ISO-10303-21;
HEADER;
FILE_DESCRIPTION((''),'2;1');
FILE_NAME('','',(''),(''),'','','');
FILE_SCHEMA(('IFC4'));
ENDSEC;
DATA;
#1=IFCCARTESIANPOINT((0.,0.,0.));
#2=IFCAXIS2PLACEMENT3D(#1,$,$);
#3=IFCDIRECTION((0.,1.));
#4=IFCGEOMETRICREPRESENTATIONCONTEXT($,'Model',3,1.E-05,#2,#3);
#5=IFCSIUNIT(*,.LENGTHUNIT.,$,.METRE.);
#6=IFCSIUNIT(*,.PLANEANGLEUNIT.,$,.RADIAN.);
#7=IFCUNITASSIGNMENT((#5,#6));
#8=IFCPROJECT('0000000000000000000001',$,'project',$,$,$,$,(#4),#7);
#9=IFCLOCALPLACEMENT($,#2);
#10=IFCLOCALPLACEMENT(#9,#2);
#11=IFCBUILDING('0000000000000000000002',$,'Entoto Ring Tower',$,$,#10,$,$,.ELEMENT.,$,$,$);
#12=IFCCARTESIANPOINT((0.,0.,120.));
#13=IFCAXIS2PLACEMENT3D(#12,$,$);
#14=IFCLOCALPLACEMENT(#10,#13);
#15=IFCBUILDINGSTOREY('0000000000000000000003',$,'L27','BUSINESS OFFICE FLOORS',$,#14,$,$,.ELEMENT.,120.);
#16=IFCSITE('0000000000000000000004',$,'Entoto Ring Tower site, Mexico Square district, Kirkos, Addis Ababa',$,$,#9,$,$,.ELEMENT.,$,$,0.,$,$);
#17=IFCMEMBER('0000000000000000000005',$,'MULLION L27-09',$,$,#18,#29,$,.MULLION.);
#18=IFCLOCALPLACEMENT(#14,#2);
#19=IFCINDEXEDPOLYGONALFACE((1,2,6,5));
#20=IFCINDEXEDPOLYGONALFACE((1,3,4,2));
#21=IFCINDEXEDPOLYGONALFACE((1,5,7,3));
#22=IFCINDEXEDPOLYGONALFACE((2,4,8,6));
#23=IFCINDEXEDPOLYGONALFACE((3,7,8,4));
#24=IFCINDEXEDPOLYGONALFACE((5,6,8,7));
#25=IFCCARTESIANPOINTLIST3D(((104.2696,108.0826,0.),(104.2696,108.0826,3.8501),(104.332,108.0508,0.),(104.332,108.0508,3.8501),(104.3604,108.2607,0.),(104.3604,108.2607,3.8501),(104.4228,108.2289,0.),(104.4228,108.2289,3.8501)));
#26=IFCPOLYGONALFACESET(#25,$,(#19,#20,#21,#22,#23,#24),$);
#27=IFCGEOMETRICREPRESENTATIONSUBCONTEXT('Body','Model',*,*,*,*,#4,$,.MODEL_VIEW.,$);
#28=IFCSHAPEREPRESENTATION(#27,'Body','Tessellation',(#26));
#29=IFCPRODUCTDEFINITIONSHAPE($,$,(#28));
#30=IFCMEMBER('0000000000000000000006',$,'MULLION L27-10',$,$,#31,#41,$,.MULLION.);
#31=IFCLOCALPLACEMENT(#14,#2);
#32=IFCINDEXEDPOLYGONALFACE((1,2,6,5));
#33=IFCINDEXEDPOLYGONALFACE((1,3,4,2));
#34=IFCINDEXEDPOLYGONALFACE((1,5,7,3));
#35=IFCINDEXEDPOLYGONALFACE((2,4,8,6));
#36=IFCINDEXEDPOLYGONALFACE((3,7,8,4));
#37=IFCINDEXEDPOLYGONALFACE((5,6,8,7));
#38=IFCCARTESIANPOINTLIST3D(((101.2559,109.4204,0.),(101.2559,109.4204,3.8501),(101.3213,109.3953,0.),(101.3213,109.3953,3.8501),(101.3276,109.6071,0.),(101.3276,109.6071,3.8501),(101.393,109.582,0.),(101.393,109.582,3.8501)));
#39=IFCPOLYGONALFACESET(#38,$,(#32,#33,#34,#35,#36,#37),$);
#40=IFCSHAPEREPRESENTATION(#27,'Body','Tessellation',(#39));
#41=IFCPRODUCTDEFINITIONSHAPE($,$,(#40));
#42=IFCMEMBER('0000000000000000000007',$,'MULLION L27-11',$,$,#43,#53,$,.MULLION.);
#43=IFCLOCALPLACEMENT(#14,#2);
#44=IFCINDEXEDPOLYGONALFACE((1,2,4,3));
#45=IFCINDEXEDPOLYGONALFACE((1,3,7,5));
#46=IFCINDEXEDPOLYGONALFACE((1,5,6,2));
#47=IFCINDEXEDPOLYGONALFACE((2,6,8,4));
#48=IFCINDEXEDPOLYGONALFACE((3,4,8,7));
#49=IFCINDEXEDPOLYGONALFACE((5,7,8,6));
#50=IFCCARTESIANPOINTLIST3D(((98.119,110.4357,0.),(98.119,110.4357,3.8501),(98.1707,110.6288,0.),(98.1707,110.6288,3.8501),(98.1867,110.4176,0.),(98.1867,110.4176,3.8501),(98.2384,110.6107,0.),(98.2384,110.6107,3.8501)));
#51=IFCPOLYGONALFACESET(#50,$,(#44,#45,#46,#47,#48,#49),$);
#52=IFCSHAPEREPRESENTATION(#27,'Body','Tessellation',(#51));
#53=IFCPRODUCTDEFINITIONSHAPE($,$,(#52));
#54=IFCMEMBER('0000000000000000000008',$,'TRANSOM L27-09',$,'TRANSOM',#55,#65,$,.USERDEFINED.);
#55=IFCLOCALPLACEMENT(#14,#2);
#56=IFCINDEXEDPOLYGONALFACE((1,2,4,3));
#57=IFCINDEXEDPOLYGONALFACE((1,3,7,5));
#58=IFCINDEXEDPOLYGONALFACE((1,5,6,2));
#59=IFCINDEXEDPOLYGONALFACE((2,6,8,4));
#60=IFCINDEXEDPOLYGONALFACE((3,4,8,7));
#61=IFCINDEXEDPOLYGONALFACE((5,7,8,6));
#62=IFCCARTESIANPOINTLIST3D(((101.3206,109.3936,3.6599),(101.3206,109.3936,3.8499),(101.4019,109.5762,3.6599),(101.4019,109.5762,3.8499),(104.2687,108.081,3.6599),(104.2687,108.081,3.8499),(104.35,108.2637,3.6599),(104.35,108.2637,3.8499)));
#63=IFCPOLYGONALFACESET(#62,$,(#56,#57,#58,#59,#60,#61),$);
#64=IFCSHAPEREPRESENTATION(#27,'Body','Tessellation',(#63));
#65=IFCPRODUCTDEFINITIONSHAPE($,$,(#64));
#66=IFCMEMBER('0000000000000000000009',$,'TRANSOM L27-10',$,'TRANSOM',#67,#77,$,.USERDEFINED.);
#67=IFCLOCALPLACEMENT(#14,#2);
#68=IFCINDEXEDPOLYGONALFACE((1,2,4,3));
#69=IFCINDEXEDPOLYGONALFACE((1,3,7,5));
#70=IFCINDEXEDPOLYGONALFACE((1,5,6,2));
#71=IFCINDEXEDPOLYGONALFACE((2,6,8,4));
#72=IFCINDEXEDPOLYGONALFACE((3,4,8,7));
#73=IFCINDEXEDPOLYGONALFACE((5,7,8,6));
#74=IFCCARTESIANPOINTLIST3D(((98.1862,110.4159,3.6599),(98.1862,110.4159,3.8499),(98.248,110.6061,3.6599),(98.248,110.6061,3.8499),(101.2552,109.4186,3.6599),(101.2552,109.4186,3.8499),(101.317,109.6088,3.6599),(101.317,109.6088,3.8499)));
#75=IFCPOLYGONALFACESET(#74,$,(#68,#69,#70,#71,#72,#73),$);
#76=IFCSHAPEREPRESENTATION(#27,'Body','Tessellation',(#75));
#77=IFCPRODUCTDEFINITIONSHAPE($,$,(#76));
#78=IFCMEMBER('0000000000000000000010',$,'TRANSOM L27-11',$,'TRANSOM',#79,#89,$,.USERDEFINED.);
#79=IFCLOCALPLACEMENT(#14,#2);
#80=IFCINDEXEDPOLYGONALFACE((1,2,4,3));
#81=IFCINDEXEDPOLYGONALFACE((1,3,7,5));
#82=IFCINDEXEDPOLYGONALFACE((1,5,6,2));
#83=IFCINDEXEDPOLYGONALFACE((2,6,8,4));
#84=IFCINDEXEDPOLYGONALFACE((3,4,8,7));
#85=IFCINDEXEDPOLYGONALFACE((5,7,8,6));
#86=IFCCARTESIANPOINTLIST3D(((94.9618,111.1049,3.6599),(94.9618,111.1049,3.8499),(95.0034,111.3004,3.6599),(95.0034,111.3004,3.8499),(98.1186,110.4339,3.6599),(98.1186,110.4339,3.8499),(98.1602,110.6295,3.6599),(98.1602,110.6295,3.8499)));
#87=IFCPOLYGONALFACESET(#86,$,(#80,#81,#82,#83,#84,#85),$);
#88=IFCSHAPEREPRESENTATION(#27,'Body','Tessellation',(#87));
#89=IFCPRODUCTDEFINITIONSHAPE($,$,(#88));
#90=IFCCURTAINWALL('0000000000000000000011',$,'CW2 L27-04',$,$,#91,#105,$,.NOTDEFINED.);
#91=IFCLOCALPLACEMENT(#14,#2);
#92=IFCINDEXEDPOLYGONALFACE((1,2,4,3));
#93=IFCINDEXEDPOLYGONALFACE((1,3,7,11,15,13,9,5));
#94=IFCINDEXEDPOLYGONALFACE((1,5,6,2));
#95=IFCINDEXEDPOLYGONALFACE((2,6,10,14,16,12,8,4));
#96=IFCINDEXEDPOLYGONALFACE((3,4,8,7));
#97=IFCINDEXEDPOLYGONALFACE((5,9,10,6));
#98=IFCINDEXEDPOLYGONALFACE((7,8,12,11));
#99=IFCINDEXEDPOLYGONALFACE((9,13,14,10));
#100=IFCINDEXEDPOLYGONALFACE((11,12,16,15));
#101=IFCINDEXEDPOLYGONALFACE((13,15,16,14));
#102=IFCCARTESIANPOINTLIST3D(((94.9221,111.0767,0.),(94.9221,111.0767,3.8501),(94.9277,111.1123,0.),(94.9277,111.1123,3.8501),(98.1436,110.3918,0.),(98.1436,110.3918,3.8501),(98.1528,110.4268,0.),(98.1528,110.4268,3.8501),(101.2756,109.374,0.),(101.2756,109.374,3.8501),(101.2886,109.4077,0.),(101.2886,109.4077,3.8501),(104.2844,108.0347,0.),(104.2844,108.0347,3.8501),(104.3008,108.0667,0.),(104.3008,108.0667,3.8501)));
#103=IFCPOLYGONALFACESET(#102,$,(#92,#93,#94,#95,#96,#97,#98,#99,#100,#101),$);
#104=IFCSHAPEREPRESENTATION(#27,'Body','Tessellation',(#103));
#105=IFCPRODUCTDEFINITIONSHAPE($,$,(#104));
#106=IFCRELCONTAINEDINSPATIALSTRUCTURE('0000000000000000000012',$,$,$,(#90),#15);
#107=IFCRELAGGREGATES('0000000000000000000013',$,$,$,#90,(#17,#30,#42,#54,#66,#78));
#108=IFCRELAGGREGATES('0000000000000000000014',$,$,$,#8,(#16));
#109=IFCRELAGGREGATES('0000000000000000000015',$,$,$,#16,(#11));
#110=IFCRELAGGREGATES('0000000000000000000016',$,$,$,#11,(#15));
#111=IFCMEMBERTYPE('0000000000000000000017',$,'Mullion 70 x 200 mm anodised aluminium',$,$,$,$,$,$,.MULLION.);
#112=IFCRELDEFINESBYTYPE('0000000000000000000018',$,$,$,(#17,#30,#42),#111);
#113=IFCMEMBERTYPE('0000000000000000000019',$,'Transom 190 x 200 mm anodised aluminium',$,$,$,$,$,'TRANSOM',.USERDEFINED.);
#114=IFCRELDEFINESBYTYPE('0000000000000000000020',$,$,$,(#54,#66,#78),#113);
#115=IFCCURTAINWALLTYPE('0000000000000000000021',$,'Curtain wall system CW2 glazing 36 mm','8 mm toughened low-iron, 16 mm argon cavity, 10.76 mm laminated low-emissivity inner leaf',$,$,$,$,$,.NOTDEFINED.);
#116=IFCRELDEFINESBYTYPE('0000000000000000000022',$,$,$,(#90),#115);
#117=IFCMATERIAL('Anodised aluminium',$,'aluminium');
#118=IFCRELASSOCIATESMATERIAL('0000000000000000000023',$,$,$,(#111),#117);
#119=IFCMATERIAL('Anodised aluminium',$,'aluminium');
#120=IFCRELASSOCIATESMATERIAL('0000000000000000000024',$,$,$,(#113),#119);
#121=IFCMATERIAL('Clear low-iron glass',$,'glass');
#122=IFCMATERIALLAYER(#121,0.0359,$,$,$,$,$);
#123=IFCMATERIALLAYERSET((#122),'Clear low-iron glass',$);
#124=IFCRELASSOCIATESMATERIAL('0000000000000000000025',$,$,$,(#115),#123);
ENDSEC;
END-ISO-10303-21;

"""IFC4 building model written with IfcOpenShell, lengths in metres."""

from ifc_helpers import new_model, si_unit, direction, frame, origin, origin_2d, place, context, subcontext, project, spatial, polyline, rectangle, outline, extrude, material, layer, layer_set, material_profile, profile_set, type_object, element, aggregate, save


model = new_model("IFC4")

# Units and contexts
model_context = context("Model", 3, precision=1e-05, world=origin(), true_north=direction((0.0, 1.0)))
body_context = subcontext(model_context, "Body", "Model", "MODEL_VIEW")
ifc_project = project(units=[si_unit("LENGTHUNIT", "METRE"), si_unit("PLANEANGLEUNIT", "RADIAN")], contexts=[model_context])

# Members
ifc_material_1 = material(Name="Anodised aluminium", Category="aluminium")
ifc_material_profile_1 = material_profile(ifc_material_1, rectangle(XDim=0.0701, YDim=0.2, at=origin_2d()), Name="Mullion 70 x 200 mm anodised aluminium")
ifc_profile_set_1 = profile_set([ifc_material_profile_1], Name="Anodised aluminium")
member_type_1 = type_object("IfcMemberType", Name="Mullion 70 x 200 mm anodised aluminium", PredefinedType="MULLION", material=ifc_profile_set_1)
site_placement = place(None, origin())
building_placement = place(site_placement, origin())
storey_placement = place(building_placement, frame((0.0, 0.0, 120.0)))
member_1_placement = place(storey_placement, frame((104.3462, 108.1558, 0.0), z_axis=(0.0, 0.0, 1.0), x_axis=(-0.891007, 0.45399, 0.0)))
member_1 = element("IfcMember", 1, at=member_1_placement, type_object=member_type_1, Name="MULLION L27-09", PredefinedType="MULLION", context=body_context, shape_type="SweptSolid", body=[
    extrude(rectangle(XDim=0.0701, YDim=0.2, at=origin_2d()), origin(), (0.0, 0.0, 1.0), 3.8501),
])
member_2_placement = place(storey_placement, frame((101.3245, 109.5012, 0.0), z_axis=(0.0, 0.0, 1.0), x_axis=(-0.93358, 0.358368, 0.0)))
member_2 = element("IfcMember", 2, at=member_2_placement, type_object=member_type_1, Name="MULLION L27-10", PredefinedType="MULLION", context=body_context, shape_type="SweptSolid", body=[
    extrude(rectangle(XDim=0.0701, YDim=0.2, at=origin_2d()), origin(), (0.0, 0.0, 1.0), 3.8501),
])
member_3_placement = place(storey_placement, frame((98.1787, 110.5232, 0.0), z_axis=(0.0, 0.0, 1.0), x_axis=(-0.965926, 0.258819, 0.0)))
member_3 = element("IfcMember", 3, at=member_3_placement, type_object=member_type_1, Name="MULLION L27-11", PredefinedType="MULLION", context=body_context, shape_type="SweptSolid", body=[
    extrude(rectangle(XDim=0.0701, YDim=0.2, at=origin_2d()), origin(), (0.0, 0.0, 1.0), 3.8501),
])
ifc_material_2 = material(Name="Anodised aluminium", Category="aluminium")
ifc_material_profile_2 = material_profile(ifc_material_2, rectangle(XDim=0.2, YDim=0.1899, at=origin_2d()), Name="Transom 190 x 200 mm anodised aluminium")
ifc_profile_set_2 = profile_set([ifc_material_profile_2], Name="Anodised aluminium")
member_type_2 = type_object("IfcMemberType", Name="Transom 190 x 200 mm anodised aluminium", ElementType="TRANSOM", PredefinedType="USERDEFINED", material=ifc_profile_set_2)
member_4_placement = place(storey_placement, frame((104.3093, 108.1724, 3.7549), z_axis=(-0.913549, 0.406728, 0.0), x_axis=(-0.406728, -0.913549, 0.0)))
member_4 = element("IfcMember", 4, at=member_4_placement, type_object=member_type_2, Name="TRANSOM L27-09", ObjectType="TRANSOM", PredefinedType="USERDEFINED", context=body_context, shape_type="SweptSolid", body=[
    extrude(rectangle(XDim=0.2, YDim=0.1899, at=origin_2d()), origin(), (0.0, 0.0, 1.0), 3.2271),
])
member_5_placement = place(storey_placement, frame((101.2861, 109.5137, 3.7549), z_axis=(-0.951047, 0.309047, 0.0), x_axis=(-0.309047, -0.951047, 0.0)))
member_5 = element("IfcMember", 5, at=member_5_placement, type_object=member_type_2, Name="TRANSOM L27-10", ObjectType="TRANSOM", PredefinedType="USERDEFINED", context=body_context, shape_type="SweptSolid", body=[
    extrude(rectangle(XDim=0.2, YDim=0.1899, at=origin_2d()), origin(), (0.0, 0.0, 1.0), 3.2271),
])
member_6_placement = place(storey_placement, frame((98.1394, 110.5317, 3.7549), z_axis=(-0.978153, 0.207886, 0.0), x_axis=(-0.207886, -0.978153, 0.0)))
member_6 = element("IfcMember", 6, at=member_6_placement, type_object=member_type_2, Name="TRANSOM L27-11", ObjectType="TRANSOM", PredefinedType="USERDEFINED", context=body_context, shape_type="SweptSolid", body=[
    extrude(rectangle(XDim=0.2, YDim=0.1899, at=origin_2d()), origin(), (0.0, 0.0, 1.0), 3.2273),
])

# Site, building, storey
site = spatial("IfcSite", under=ifc_project, at=site_placement, Name="Entoto Ring Tower site, Mexico Square district, Kirkos, Addis Ababa", CompositionType="ELEMENT", RefElevation=0.0)
building = spatial("IfcBuilding", under=site, at=building_placement, Name="Entoto Ring Tower", CompositionType="ELEMENT")
storey = spatial("IfcBuildingStorey", under=building, at=storey_placement, Name="L27", Description="BUSINESS OFFICE FLOORS", CompositionType="ELEMENT", Elevation=120.0)

# Curtain wall
ifc_material_3 = material(Name="Clear low-iron glass", Category="glass")
ifc_layer = layer(ifc_material_3, 0.0359)
ifc_layer_set = layer_set([ifc_layer], Name="Clear low-iron glass")
curtain_wall_type = type_object("IfcCurtainWallType", Name="Curtain wall system CW2 glazing 36 mm", Description="8 mm toughened low-iron, 16 mm argon cavity, 10.76 mm laminated low-emissivity inner leaf", PredefinedType="NOTDEFINED", material=ifc_layer_set)
curtain_wall_1_placement = place(storey_placement, origin())
curtain_wall_1 = element("IfcCurtainWall", 7, at=curtain_wall_1_placement, inside=storey, type_object=curtain_wall_type, Name="CW2 L27-04", PredefinedType="NOTDEFINED", context=body_context, shape_type="SweptSolid", body=[
    extrude(outline(polyline([(104.3008, 108.0667), (101.2886, 109.4077), (98.1528, 110.4268), (94.9277, 111.1123), (94.9221, 111.0767), (98.1436, 110.3918), (101.2756, 109.374), (104.2844, 108.0347), (104.3008, 108.0667)])), origin(), (0.0, 0.0, 1.0), 3.8501),
])
aggregate(curtain_wall_1, [member_1, member_2, member_3, member_4, member_5, member_6])

save(model, "model.ifc")
